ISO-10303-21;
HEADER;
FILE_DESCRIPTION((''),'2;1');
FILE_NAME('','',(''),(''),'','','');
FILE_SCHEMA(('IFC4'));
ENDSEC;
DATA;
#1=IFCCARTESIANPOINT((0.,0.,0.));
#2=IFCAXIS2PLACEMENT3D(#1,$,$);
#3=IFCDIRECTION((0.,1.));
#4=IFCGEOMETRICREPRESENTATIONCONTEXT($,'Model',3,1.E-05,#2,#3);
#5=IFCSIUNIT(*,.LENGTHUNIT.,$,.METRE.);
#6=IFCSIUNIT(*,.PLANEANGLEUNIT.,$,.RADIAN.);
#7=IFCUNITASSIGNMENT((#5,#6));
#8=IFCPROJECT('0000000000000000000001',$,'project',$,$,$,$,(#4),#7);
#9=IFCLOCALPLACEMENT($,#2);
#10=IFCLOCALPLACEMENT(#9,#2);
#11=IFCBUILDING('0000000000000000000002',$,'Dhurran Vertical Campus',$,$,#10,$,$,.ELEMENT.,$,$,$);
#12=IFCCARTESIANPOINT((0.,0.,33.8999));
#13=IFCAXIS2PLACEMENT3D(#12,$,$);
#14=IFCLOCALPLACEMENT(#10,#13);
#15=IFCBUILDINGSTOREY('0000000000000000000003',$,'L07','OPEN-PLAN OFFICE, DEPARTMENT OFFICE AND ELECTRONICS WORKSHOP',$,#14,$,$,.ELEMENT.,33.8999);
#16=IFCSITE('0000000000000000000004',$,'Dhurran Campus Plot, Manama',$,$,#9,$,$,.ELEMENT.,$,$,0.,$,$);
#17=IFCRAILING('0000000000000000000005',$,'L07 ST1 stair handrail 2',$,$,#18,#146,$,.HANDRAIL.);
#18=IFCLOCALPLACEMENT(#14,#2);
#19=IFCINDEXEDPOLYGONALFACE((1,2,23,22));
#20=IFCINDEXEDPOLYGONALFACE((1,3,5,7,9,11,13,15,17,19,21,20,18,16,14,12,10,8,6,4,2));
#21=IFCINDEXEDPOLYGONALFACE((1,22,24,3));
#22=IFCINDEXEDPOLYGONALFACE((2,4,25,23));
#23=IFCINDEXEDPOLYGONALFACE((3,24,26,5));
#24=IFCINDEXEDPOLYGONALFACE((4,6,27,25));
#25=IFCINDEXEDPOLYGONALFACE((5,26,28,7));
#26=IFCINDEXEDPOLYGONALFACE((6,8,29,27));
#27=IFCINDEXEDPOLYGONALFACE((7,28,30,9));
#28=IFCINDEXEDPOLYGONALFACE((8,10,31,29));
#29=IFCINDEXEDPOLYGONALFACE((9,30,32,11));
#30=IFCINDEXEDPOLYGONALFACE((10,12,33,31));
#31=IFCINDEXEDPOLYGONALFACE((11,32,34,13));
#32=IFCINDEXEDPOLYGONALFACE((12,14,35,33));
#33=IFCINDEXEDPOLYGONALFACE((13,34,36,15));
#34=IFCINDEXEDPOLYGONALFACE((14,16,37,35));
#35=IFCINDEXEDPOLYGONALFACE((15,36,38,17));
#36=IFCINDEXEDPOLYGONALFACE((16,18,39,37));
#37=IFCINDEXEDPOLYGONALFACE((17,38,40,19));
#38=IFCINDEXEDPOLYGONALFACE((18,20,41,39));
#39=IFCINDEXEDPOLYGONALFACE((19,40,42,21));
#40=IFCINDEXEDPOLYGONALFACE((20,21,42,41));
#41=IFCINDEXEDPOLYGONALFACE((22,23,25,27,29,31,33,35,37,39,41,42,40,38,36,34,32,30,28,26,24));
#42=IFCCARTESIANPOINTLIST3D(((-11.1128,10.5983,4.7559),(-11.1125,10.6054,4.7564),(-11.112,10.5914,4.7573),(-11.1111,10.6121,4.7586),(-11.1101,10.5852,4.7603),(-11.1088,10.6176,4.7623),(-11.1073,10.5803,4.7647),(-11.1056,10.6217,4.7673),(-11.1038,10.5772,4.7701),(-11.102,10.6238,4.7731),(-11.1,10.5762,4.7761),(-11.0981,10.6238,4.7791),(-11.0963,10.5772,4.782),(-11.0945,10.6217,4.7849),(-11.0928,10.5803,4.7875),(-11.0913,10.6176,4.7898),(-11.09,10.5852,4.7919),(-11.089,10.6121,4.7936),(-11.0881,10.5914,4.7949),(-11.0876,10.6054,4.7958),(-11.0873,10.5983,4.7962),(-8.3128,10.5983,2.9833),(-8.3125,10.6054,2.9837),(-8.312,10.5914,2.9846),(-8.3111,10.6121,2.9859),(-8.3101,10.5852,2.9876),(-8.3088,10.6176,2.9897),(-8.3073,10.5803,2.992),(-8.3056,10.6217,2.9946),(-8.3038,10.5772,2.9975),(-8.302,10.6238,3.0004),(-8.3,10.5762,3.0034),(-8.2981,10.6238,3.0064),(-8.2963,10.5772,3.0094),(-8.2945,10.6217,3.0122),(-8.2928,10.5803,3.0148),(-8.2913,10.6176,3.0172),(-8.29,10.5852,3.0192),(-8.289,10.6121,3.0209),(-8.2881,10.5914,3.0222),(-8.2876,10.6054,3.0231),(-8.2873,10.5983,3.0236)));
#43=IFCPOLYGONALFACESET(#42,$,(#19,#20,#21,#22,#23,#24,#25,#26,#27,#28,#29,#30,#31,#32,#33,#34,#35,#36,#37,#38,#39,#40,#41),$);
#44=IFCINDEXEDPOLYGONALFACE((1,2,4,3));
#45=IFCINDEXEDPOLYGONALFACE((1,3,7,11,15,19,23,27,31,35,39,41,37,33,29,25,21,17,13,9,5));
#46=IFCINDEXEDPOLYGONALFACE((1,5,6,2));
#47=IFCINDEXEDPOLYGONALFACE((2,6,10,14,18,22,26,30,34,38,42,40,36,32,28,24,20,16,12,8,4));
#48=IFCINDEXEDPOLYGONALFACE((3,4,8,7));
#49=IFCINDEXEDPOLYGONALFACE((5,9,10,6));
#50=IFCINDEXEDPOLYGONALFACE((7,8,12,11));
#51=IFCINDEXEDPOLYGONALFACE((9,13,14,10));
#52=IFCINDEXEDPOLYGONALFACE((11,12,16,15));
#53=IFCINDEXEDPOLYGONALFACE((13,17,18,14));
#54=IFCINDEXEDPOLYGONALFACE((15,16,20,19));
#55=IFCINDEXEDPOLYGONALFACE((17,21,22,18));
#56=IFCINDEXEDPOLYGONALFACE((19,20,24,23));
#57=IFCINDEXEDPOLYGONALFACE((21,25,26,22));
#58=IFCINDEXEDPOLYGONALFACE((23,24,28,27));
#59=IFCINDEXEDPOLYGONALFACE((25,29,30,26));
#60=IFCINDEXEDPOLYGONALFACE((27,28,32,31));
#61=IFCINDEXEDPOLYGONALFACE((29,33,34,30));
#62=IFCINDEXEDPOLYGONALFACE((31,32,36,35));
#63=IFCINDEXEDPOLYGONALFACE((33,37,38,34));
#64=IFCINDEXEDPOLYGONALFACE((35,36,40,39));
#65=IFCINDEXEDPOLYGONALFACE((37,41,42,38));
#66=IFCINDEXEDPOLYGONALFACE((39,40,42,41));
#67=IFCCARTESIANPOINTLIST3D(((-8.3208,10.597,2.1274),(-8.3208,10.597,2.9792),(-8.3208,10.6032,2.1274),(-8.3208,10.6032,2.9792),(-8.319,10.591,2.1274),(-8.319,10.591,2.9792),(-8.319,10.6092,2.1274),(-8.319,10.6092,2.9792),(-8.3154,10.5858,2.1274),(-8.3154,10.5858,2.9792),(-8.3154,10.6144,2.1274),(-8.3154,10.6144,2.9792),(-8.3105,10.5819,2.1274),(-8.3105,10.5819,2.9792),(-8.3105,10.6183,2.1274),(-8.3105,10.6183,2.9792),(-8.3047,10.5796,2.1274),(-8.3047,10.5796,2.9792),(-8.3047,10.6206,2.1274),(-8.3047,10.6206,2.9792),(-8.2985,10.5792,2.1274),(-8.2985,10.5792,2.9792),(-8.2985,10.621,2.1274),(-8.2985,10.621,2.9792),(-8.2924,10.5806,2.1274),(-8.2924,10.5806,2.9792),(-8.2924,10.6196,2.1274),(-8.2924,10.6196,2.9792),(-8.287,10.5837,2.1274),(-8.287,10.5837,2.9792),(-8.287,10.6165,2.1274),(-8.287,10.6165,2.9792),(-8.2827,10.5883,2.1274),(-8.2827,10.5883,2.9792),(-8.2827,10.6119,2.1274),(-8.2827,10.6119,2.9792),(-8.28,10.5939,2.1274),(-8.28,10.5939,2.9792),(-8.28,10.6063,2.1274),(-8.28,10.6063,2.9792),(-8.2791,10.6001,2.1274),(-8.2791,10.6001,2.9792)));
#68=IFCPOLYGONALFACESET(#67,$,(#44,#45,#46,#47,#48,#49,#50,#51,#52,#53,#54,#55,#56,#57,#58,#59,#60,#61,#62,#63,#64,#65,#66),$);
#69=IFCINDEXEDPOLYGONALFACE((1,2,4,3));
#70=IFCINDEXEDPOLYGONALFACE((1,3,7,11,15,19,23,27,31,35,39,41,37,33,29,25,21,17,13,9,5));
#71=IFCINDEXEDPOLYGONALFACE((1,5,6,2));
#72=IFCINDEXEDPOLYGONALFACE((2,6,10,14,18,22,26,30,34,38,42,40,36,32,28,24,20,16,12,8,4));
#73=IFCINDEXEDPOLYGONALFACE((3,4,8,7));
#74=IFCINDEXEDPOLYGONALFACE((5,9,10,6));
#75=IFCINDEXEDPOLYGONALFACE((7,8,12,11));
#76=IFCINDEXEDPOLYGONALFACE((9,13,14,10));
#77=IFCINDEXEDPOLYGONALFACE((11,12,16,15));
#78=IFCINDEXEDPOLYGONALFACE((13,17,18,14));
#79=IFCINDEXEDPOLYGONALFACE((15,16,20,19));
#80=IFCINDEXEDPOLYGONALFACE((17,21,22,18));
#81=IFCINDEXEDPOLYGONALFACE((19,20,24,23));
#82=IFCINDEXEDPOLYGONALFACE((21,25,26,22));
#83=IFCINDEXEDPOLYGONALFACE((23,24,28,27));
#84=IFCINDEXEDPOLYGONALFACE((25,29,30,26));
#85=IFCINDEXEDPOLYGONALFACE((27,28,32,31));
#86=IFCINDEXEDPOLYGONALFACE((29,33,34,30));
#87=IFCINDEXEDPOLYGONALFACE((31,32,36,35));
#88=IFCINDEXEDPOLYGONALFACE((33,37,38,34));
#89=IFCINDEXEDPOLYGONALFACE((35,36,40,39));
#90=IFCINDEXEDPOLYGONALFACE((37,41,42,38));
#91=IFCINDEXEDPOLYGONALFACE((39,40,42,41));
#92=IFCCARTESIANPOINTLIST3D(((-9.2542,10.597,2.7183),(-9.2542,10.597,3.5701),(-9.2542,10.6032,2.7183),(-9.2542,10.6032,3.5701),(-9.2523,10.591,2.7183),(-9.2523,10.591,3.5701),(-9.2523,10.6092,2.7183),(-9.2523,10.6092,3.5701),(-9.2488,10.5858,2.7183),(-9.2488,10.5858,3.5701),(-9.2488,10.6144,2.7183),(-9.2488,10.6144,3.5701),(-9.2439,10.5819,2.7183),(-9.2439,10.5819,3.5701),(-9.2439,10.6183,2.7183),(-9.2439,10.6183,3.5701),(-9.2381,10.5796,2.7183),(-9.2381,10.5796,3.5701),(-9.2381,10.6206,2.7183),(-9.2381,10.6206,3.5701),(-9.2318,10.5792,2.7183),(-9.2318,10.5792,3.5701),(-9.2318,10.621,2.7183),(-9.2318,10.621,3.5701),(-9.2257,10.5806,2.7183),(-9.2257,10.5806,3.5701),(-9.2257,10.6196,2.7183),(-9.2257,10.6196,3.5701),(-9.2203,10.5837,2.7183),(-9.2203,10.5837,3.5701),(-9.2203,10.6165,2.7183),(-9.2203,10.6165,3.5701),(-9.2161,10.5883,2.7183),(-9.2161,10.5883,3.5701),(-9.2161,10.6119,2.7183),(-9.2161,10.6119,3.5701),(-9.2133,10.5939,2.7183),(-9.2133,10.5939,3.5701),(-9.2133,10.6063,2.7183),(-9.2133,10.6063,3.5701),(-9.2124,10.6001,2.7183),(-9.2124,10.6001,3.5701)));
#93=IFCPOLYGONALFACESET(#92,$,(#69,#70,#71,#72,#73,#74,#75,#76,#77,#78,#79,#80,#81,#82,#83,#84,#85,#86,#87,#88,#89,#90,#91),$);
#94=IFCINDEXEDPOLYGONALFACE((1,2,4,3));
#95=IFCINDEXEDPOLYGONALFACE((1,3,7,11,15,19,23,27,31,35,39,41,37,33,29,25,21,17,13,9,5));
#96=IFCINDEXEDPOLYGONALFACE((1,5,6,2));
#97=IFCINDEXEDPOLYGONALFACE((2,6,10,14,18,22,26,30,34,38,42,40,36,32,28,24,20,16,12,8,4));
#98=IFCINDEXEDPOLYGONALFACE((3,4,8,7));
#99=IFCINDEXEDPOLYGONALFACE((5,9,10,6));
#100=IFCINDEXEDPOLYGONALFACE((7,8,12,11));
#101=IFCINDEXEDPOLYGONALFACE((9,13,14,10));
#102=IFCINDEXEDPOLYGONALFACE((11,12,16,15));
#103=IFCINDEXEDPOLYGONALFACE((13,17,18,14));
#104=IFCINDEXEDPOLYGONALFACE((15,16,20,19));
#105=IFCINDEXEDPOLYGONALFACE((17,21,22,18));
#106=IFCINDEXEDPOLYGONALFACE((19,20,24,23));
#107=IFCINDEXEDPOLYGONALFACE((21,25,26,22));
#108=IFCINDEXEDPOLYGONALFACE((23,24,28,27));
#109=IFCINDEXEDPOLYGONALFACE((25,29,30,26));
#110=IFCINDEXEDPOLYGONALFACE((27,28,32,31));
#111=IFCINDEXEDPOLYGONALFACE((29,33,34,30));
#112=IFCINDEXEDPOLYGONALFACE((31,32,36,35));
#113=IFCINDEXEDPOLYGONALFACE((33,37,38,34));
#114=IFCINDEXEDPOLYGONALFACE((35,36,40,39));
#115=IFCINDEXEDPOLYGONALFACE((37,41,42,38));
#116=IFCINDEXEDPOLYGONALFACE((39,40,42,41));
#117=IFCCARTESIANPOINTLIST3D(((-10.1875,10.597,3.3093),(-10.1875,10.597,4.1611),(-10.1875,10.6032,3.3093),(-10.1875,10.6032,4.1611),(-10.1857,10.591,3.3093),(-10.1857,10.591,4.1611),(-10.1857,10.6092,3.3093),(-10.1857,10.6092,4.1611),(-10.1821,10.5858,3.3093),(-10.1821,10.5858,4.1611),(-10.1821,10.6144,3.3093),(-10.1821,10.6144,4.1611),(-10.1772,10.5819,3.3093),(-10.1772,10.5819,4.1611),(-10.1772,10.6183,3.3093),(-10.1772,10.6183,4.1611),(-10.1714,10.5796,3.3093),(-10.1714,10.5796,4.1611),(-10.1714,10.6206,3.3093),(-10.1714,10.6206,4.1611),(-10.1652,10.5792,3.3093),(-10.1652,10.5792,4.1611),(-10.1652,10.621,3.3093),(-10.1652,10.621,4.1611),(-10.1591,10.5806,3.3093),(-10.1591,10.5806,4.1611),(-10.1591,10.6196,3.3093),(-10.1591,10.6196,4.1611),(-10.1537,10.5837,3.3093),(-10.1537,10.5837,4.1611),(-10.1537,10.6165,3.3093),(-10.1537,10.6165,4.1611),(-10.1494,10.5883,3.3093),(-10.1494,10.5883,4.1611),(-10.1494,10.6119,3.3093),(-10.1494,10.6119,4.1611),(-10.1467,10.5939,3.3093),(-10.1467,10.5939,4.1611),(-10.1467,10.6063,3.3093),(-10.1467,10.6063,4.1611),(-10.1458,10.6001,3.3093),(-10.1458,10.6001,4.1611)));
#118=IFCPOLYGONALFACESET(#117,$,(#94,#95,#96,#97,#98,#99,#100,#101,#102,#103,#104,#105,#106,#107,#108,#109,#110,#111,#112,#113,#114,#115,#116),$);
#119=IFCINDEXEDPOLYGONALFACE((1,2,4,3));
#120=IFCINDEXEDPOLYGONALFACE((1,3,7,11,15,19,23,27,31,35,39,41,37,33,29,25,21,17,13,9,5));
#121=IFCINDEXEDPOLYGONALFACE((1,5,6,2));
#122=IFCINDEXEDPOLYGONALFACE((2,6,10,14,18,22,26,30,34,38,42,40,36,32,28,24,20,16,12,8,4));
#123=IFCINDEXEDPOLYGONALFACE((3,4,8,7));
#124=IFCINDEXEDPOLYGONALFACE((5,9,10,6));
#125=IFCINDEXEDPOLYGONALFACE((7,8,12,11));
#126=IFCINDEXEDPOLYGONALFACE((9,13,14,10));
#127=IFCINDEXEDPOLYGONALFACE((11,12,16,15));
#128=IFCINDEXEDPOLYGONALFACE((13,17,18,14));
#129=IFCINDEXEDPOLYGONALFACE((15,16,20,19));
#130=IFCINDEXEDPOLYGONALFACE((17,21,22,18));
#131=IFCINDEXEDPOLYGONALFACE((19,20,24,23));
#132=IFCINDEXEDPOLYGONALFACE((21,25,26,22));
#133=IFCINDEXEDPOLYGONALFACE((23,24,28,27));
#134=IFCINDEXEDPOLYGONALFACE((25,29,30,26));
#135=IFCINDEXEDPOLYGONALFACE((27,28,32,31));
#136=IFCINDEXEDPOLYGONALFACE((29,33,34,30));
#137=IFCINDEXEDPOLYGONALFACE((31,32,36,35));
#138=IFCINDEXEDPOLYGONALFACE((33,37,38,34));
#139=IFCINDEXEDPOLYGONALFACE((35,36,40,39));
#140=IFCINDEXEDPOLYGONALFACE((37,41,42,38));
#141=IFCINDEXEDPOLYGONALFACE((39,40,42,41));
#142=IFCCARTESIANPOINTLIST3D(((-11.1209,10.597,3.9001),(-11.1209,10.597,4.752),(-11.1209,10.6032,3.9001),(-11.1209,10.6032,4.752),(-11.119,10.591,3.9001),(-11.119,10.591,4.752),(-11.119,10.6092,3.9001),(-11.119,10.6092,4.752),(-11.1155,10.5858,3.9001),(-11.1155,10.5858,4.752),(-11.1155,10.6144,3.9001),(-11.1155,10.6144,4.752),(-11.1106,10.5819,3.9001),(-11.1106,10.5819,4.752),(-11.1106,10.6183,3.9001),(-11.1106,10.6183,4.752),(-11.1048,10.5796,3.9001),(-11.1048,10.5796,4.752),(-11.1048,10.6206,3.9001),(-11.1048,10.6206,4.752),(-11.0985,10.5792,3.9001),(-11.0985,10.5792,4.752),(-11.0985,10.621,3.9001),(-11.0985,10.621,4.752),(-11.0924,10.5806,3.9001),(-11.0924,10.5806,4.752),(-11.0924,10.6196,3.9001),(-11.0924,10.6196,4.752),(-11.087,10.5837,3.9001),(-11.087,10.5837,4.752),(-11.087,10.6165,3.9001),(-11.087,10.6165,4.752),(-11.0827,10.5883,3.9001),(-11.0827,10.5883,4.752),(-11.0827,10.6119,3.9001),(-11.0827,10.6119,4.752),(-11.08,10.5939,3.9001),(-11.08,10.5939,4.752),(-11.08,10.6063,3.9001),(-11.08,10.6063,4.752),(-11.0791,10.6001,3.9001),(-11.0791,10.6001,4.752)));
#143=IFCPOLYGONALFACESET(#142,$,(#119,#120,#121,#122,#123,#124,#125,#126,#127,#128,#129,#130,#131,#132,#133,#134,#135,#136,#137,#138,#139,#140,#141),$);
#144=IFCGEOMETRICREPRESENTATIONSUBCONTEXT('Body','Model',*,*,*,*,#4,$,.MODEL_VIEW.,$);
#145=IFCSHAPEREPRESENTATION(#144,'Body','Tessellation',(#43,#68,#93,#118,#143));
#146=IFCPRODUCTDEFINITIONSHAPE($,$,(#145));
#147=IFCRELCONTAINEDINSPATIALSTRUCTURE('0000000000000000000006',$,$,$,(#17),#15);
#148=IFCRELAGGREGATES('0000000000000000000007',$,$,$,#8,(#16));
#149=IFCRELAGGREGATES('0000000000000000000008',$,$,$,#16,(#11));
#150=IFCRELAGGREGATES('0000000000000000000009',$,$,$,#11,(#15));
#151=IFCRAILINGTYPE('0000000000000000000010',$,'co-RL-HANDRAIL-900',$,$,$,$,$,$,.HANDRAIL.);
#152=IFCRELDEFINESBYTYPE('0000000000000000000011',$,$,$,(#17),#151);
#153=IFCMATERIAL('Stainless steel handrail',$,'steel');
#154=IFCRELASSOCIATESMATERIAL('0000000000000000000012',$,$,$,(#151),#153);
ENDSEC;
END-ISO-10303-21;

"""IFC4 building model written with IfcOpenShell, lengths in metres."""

from ifc_helpers import new_model, si_unit, direction, frame, origin, origin_2d, place, context, subcontext, project, spatial, circle, extrude, material, type_object, element, save


model = new_model("IFC4")

# Units and contexts
model_context = context("Model", 3, precision=1e-05, world=origin(), true_north=direction((0.0, 1.0)))
body_context = subcontext(model_context, "Body", "Model", "MODEL_VIEW")
ifc_project = project(units=[si_unit("LENGTHUNIT", "METRE"), si_unit("PLANEANGLEUNIT", "RADIAN")], contexts=[model_context])

# Site, building, storey
site_placement = place(None, origin())
site = spatial("IfcSite", under=ifc_project, at=site_placement, Name="Dhurran Campus Plot, Manama", CompositionType="ELEMENT", RefElevation=0.0)
building_placement = place(site_placement, origin())
building = spatial("IfcBuilding", under=site, at=building_placement, Name="Dhurran Vertical Campus", CompositionType="ELEMENT")
storey_placement = place(building_placement, frame((0.0, 0.0, 33.8999)))
storey = spatial("IfcBuildingStorey", under=building, at=storey_placement, Name="L07", Description="OPEN-PLAN OFFICE, DEPARTMENT OFFICE AND ELECTRONICS WORKSHOP", CompositionType="ELEMENT", Elevation=33.8999)

# Railing
ifc_material_1 = material(Name="Stainless steel handrail", Category="steel")
railing_type_1 = type_object("IfcRailingType", Name="co-RL-HANDRAIL-900", PredefinedType="HANDRAIL", material=ifc_material_1)
railing_1_placement = place(storey_placement, frame((-8.3, 10.6001, 2.1274)))
element("IfcRailing", 1, at=railing_1_placement, inside=storey, type_object=railing_type_1, Name="L07 ST1 stair handrail 2", PredefinedType="HANDRAIL", context=body_context, shape_type="SweptSolid", body=[
    extrude(circle(Radius=0.0239, at=origin_2d()), frame((0.0, 0.0, 0.876), z_axis=(-0.844909, 0.0, 0.53491), x_axis=(0.0, -1.0, 0.0)), (0.0, 0.0, 1.0), 3.314),
    extrude(circle(Radius=0.021, at=origin_2d()), origin(), (0.0, 0.0, 1.0), 0.8518),
    extrude(circle(Radius=0.021, at=origin_2d()), frame((-0.9333, 0.0, 0.5908)), (0.0, 0.0, 1.0), 0.8518),
    extrude(circle(Radius=0.021, at=origin_2d()), frame((-1.8667, 0.0, 1.1819)), (0.0, 0.0, 1.0), 0.8518),
    extrude(circle(Radius=0.021, at=origin_2d()), frame((-2.8, 0.0, 1.7727)), (0.0, 0.0, 1.0), 0.8518),
])

save(model, "model.ifc")
